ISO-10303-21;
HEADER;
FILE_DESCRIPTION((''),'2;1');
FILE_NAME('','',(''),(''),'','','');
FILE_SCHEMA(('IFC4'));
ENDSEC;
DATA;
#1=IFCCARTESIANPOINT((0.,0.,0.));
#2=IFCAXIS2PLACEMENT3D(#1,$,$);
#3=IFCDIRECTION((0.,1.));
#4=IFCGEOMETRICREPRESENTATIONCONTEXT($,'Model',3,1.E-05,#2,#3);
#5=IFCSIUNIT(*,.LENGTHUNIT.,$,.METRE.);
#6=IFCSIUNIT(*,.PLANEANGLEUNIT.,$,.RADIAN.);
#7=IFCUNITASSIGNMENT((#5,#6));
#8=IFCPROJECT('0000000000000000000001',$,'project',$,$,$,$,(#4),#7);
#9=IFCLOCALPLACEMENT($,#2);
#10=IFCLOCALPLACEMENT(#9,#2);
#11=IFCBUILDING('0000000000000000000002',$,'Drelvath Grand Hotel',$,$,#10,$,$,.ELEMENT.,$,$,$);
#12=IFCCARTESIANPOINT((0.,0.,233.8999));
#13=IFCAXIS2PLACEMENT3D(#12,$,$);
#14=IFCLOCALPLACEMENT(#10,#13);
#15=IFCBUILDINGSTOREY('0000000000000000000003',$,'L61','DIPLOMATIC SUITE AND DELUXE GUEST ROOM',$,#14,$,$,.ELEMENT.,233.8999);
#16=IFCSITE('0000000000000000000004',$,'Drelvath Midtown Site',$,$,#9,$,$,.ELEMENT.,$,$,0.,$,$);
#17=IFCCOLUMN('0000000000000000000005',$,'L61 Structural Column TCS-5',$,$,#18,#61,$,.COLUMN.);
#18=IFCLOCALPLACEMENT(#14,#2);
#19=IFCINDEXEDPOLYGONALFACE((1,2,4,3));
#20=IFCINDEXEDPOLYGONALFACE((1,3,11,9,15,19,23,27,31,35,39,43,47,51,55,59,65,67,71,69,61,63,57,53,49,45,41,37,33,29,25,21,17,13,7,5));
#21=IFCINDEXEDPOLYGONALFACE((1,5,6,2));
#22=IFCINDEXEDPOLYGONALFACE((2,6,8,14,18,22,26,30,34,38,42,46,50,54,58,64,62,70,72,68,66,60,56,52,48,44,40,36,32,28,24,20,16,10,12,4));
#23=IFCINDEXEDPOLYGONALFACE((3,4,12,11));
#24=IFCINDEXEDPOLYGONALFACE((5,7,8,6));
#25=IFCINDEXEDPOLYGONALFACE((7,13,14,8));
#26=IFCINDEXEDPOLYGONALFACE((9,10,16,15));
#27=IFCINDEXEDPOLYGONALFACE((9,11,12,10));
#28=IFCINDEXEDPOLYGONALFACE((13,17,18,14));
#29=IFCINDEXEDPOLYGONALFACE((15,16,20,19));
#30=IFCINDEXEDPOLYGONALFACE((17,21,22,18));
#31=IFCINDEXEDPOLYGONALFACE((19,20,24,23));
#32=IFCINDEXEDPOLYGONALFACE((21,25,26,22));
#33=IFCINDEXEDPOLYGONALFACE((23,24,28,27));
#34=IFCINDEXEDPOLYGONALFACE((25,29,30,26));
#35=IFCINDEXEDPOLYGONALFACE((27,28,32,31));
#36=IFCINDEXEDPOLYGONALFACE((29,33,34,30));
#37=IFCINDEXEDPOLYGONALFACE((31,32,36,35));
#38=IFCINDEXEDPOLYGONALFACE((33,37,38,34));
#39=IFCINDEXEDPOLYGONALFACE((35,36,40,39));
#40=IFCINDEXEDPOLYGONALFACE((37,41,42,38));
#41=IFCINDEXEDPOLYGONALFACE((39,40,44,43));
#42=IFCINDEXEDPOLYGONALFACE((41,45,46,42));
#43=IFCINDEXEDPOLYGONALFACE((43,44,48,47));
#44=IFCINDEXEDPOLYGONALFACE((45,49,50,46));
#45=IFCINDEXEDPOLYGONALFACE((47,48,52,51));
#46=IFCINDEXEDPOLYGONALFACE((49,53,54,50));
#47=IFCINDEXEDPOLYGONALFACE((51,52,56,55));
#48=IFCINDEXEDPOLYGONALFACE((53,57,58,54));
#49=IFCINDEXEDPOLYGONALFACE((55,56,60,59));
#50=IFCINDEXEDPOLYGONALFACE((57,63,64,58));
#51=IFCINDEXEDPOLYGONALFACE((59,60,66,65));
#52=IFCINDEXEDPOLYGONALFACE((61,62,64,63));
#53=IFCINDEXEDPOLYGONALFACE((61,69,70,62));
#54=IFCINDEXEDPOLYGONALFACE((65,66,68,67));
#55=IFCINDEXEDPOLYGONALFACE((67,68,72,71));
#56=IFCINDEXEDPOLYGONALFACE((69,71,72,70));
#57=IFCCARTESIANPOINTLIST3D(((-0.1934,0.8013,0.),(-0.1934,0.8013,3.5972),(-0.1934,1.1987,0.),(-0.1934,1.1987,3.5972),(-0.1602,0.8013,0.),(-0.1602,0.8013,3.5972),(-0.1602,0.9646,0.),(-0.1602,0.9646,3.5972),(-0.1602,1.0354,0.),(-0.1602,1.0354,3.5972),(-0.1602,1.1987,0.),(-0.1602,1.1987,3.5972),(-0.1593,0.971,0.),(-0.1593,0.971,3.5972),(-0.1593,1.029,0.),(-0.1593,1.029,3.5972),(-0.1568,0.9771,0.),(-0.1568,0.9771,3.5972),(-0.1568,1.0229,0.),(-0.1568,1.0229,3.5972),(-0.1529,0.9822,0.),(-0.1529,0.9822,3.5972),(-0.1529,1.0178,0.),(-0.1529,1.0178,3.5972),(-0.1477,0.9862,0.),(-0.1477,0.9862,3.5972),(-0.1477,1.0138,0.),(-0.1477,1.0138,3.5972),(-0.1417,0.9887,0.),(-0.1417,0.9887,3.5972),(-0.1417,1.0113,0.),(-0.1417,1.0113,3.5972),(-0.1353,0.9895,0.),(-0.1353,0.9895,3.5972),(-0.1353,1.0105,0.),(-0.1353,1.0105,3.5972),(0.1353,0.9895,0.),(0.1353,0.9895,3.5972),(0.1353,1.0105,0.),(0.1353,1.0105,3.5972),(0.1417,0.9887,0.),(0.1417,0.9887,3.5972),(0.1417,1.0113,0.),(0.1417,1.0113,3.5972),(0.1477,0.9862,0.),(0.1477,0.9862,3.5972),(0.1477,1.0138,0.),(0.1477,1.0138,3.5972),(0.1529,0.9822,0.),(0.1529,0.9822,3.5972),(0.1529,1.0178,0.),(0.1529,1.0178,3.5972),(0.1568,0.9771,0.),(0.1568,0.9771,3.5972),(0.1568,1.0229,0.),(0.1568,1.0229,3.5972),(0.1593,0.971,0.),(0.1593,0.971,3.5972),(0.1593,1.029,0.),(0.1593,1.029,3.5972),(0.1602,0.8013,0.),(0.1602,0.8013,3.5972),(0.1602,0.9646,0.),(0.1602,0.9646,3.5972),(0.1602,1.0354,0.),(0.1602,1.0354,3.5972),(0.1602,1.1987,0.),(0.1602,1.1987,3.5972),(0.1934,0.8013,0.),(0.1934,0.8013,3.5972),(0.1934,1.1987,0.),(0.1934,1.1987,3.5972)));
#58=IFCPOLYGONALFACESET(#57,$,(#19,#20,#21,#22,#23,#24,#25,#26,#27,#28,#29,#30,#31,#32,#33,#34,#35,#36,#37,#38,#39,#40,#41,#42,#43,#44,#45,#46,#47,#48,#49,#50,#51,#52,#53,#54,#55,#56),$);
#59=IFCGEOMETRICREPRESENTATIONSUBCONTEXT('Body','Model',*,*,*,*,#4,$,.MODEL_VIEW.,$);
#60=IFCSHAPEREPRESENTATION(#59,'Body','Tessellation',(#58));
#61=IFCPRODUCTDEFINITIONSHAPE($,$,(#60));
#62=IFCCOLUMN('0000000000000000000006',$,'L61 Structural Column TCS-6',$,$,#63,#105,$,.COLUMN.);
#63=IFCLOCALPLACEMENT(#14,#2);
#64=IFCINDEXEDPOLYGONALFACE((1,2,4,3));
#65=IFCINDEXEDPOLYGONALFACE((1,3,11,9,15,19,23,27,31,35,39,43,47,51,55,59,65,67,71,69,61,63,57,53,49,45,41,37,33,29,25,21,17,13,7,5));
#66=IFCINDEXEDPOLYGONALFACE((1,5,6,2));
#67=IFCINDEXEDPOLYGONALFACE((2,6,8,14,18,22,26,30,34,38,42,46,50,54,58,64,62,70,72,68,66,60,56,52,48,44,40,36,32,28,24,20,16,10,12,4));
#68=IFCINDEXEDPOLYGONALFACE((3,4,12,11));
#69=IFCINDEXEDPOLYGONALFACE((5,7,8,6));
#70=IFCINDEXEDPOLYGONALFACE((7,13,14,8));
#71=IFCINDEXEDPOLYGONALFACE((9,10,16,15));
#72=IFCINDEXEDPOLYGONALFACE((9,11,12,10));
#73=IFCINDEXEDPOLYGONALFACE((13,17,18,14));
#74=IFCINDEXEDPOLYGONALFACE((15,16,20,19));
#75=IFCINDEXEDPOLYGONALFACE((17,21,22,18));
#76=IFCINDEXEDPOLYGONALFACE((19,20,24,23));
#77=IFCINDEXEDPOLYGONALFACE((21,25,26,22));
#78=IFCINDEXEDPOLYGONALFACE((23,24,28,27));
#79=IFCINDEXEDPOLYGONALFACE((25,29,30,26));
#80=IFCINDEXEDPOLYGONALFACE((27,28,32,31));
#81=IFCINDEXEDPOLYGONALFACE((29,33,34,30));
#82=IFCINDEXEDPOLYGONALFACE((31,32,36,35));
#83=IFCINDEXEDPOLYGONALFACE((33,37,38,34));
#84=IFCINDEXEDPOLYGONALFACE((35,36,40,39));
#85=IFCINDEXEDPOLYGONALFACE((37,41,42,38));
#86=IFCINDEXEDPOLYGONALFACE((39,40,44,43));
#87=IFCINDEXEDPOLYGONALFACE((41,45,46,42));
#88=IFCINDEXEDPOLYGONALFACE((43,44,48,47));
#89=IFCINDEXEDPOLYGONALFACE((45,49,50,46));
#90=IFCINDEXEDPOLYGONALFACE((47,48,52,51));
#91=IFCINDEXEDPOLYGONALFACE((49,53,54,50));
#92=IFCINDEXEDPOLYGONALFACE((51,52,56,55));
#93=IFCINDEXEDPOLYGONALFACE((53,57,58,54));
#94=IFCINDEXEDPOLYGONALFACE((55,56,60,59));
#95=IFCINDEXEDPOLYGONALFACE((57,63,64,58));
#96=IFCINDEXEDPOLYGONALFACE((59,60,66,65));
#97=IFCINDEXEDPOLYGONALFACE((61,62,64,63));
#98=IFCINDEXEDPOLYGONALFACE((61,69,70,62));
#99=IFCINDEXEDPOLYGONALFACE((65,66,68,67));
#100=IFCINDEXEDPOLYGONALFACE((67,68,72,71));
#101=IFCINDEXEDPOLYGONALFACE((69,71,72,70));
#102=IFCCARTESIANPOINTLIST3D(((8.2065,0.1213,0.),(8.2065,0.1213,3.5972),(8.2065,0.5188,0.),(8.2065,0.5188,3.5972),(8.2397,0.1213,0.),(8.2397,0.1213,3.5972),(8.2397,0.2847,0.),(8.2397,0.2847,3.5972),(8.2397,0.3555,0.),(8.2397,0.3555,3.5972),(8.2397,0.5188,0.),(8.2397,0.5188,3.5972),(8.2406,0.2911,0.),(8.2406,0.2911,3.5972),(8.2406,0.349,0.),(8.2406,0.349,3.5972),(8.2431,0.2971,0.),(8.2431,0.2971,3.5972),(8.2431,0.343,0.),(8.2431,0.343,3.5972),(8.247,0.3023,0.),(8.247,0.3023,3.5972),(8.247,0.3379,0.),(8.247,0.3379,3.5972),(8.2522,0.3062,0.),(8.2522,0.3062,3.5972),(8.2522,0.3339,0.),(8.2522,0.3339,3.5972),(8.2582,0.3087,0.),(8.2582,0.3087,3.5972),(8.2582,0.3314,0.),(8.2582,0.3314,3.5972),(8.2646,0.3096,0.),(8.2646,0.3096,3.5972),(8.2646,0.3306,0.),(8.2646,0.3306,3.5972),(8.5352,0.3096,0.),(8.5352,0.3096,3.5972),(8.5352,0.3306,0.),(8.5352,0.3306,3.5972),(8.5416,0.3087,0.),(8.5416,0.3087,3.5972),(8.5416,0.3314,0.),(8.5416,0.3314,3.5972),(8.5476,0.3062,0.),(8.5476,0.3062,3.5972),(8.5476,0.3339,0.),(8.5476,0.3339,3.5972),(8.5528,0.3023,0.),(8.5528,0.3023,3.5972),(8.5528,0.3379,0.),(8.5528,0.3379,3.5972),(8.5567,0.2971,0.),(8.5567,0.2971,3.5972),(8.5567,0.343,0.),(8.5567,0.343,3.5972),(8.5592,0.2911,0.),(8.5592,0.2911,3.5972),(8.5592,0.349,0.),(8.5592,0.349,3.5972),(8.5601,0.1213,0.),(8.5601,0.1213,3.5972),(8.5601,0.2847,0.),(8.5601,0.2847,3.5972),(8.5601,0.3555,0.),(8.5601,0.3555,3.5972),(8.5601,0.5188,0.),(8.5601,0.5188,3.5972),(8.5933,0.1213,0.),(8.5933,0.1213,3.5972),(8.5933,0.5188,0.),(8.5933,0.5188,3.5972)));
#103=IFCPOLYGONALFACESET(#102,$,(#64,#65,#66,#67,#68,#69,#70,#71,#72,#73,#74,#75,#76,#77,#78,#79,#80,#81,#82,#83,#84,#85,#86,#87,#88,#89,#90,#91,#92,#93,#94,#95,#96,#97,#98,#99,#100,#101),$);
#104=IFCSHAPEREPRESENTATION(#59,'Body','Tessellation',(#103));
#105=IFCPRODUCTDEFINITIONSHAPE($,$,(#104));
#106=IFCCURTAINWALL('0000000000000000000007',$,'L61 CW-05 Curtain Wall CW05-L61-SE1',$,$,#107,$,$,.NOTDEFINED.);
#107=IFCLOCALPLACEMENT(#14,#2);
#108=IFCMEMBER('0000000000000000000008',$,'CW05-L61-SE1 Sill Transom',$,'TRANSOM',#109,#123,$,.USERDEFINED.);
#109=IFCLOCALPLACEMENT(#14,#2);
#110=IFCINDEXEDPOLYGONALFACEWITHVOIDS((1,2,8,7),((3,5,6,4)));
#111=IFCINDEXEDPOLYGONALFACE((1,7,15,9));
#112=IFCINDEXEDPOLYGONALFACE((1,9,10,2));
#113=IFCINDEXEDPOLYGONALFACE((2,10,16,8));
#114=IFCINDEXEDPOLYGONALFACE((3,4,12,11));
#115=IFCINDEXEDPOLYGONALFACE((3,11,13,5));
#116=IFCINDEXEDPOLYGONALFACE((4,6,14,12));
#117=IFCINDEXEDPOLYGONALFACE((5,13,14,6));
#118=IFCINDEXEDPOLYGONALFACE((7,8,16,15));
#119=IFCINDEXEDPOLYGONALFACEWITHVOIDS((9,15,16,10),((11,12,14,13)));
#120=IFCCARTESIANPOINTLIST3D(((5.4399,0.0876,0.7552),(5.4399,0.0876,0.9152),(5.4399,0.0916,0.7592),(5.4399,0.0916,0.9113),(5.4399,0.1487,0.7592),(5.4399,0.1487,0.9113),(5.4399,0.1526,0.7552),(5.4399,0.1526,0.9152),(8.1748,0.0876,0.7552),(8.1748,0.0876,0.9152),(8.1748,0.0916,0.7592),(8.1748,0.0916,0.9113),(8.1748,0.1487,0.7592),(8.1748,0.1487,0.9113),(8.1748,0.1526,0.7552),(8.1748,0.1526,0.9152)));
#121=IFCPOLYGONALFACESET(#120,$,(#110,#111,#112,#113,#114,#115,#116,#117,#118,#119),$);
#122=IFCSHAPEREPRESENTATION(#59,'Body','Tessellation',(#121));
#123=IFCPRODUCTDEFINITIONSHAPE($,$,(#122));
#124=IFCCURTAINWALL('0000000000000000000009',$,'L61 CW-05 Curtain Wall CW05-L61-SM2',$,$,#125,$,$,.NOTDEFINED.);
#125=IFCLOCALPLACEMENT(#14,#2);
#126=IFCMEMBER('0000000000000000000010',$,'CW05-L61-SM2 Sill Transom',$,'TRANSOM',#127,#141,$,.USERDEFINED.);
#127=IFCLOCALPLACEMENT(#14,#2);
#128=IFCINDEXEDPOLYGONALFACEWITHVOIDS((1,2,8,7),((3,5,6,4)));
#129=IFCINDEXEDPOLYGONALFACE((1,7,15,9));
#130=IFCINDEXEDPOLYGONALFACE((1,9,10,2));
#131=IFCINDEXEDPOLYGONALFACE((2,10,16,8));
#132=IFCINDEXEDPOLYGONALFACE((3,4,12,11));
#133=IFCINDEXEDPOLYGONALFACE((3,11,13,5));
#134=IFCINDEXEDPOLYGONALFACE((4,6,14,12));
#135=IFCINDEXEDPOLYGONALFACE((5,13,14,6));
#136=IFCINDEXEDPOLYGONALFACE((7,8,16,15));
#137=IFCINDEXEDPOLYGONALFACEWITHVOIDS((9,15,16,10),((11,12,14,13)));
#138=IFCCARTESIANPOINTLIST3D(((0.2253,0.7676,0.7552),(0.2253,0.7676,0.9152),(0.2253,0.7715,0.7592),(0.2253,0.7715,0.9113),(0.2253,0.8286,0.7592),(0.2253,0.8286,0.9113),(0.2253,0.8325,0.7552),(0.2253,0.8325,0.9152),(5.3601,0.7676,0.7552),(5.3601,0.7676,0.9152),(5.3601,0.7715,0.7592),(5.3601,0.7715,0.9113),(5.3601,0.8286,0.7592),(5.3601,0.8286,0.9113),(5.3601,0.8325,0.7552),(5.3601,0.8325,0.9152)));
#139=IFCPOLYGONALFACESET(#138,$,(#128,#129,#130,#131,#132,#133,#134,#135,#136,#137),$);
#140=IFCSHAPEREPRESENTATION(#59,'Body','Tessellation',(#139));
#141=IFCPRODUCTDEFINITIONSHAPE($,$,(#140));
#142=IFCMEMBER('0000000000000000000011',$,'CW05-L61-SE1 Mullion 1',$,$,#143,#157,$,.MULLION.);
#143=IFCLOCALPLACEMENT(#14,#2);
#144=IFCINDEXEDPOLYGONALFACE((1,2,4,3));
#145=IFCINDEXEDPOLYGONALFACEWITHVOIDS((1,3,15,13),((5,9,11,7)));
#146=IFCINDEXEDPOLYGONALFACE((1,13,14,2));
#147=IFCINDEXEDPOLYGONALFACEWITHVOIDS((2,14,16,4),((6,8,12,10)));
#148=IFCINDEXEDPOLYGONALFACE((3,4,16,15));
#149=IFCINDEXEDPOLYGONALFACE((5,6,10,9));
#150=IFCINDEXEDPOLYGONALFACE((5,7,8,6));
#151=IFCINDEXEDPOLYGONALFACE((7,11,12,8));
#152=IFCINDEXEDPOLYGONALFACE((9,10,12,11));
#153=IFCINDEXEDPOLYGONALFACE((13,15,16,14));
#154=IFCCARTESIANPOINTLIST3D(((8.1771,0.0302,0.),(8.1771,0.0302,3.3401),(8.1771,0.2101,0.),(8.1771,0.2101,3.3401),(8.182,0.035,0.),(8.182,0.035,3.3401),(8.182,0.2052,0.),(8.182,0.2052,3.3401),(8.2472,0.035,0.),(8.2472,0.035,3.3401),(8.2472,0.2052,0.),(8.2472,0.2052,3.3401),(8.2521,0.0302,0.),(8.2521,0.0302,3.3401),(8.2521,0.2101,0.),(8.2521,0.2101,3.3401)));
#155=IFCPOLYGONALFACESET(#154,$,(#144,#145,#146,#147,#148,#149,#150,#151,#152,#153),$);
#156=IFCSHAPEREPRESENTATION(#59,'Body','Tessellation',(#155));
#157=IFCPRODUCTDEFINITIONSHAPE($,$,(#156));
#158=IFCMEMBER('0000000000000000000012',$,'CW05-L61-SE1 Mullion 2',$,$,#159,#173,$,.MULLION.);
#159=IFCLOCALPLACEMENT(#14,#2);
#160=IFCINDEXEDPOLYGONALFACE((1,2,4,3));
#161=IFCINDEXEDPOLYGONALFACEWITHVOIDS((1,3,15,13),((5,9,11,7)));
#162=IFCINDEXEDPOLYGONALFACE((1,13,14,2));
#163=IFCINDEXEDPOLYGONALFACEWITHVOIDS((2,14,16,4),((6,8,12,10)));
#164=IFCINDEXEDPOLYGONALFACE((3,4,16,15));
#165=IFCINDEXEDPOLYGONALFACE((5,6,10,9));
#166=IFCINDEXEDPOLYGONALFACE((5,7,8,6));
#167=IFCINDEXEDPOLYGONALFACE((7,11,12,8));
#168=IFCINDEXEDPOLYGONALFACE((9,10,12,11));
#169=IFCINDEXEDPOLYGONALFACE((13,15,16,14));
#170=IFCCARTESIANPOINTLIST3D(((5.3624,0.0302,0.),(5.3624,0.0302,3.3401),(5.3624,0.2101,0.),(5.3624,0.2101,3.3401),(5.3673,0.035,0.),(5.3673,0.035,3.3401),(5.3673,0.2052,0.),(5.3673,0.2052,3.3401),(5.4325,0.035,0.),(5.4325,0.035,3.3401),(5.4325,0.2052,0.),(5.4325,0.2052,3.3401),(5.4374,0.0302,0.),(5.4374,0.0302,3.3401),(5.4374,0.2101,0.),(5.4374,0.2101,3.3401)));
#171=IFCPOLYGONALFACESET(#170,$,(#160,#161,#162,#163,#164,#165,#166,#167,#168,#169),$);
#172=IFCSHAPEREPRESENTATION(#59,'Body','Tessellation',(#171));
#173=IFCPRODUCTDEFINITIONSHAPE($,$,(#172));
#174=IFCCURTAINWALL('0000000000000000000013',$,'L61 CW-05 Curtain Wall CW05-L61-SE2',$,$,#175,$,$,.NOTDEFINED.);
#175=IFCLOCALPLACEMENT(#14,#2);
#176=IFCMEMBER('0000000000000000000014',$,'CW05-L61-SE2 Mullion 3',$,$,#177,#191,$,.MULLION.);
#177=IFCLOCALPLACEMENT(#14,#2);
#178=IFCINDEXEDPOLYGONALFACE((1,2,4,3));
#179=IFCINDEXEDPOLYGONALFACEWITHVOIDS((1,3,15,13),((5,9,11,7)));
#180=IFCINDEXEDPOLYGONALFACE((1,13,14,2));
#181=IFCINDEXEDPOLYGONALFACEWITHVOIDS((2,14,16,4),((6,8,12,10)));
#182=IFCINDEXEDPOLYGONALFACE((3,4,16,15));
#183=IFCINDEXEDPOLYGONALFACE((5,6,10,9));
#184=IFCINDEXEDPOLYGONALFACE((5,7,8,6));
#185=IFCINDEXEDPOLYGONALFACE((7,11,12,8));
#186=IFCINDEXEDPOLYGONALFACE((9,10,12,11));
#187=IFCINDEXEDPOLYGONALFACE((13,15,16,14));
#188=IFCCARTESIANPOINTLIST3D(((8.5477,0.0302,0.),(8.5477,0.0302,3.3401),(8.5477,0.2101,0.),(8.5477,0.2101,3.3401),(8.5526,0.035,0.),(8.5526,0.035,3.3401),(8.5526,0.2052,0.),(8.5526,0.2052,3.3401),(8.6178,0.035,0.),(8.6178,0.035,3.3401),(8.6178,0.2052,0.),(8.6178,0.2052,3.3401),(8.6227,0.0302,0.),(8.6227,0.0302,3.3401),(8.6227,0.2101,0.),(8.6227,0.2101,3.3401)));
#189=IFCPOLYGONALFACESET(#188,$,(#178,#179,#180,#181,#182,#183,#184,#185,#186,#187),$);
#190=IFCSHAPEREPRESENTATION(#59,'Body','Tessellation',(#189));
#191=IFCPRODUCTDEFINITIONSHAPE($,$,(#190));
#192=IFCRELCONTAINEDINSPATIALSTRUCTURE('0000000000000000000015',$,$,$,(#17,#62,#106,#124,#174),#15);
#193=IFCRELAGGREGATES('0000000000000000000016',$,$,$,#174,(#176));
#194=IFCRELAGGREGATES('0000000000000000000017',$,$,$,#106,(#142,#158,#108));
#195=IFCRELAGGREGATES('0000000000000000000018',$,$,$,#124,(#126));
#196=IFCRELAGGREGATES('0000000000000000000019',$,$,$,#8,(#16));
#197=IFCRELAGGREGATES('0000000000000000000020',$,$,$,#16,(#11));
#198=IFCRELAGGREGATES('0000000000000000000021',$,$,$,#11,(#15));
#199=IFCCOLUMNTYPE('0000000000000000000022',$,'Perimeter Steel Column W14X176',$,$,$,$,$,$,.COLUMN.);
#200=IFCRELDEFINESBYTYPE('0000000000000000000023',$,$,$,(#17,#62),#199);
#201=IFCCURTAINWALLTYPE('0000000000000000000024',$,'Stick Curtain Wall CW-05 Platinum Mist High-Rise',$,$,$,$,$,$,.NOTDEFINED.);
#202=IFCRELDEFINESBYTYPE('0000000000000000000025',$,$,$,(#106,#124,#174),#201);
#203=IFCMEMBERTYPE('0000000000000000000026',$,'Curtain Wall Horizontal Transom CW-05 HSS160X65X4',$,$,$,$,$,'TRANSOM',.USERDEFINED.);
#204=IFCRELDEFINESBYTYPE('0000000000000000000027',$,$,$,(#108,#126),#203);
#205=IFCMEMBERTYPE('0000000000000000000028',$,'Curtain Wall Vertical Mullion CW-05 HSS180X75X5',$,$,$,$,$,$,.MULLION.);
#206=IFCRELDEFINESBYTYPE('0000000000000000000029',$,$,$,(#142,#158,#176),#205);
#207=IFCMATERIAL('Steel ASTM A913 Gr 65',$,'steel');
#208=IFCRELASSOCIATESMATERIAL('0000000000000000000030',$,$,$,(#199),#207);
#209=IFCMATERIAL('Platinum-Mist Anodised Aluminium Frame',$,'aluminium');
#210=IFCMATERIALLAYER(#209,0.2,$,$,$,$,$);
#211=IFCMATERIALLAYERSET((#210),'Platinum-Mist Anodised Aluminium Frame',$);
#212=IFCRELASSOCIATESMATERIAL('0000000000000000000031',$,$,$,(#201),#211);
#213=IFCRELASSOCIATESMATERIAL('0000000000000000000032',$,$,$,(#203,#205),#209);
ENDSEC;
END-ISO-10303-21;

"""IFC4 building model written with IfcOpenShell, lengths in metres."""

from ifc_helpers import new_model, si_unit, direction, frame, origin, origin_2d, place, context, subcontext, project, spatial, hollow_rectangle, i_section, extrude, material, layer, layer_set, material_profile, profile_set, type_object, element, aggregate, save


model = new_model("IFC4")

# Units and contexts
model_context = context("Model", 3, precision=1e-05, world=origin(), true_north=direction((0.0, 1.0)))
body_context = subcontext(model_context, "Body", "Model", "MODEL_VIEW")
ifc_project = project(units=[si_unit("LENGTHUNIT", "METRE"), si_unit("PLANEANGLEUNIT", "RADIAN")], contexts=[model_context])

# Site, building, storey
site_placement = place(None, origin())
site = spatial("IfcSite", under=ifc_project, at=site_placement, Name="Drelvath Midtown Site", CompositionType="ELEMENT", RefElevation=0.0)
building_placement = place(site_placement, origin())
building = spatial("IfcBuilding", under=site, at=building_placement, Name="Drelvath Grand Hotel", CompositionType="ELEMENT")
storey_placement = place(building_placement, frame((0.0, 0.0, 233.8999)))
storey = spatial("IfcBuildingStorey", under=building, at=storey_placement, Name="L61", Description="DIPLOMATIC SUITE AND DELUXE GUEST ROOM", CompositionType="ELEMENT", Elevation=233.8999)

# Columns
ifc_material_1 = material(Name="Steel ASTM A913 Gr 65", Category="steel")
ifc_material_profile_1 = material_profile(ifc_material_1, i_section(OverallWidth=0.3975, OverallDepth=0.3867, WebThickness=0.021, FlangeThickness=0.0332, FilletRadius=0.0249, at=origin_2d()), Name="W14X176")
ifc_profile_set_1 = profile_set([ifc_material_profile_1], Name="Steel ASTM A913 Gr 65")
column_type = type_object("IfcColumnType", Name="Perimeter Steel Column W14X176", PredefinedType="COLUMN", material=ifc_profile_set_1)
for number, where, z_axis, x_axis, name in (
    (1, (0.0, 1.0, 0.0), (0.0, 0.0, 1.0), (0.0, 1.0, 0.0), "L61 Structural Column TCS-5"),
    (2, (8.3999, 0.3201, 0.0), (0.0, 0.0, 1.0), (0.0, 1.0, 0.0), "L61 Structural Column TCS-6"),
):
    element("IfcColumn", number, at=place(storey_placement, frame(where, z_axis=z_axis, x_axis=x_axis)), inside=storey, type_object=column_type, Name=name, PredefinedType="COLUMN", context=body_context, shape_type="SweptSolid", body=[
        extrude(i_section(OverallWidth=0.3975, OverallDepth=0.3867, WebThickness=0.021, FlangeThickness=0.0332, FilletRadius=0.0249, at=origin_2d()), origin(), (0.0, 0.0, 1.0), 3.5972),
    ])

# Curtain walls, members
ifc_material_2 = material(Name="Platinum-Mist Anodised Aluminium Frame", Category="aluminium")
ifc_layer_1 = layer(ifc_material_2, 0.2)
ifc_layer_set_1 = layer_set([ifc_layer_1], Name="Platinum-Mist Anodised Aluminium Frame")
curtain_wall_type = type_object("IfcCurtainWallType", Name="Stick Curtain Wall CW-05 Platinum Mist High-Rise", PredefinedType="NOTDEFINED", material=ifc_layer_set_1)
curtain_wall_1_placement = place(storey_placement, origin())
curtain_wall_1 = element("IfcCurtainWall", 3, at=curtain_wall_1_placement, inside=storey, type_object=curtain_wall_type, Name="L61 CW-05 Curtain Wall CW05-L61-SE1", PredefinedType="NOTDEFINED")
ifc_material_profile_2 = material_profile(ifc_material_2, hollow_rectangle(XDim=0.0649, YDim=0.1599, WallThickness=0.0039, at=origin_2d()), Name="HSS160X65X4")
ifc_profile_set_2 = profile_set([ifc_material_profile_2], Name="Platinum-Mist Anodised Aluminium Frame")
member_type_1 = type_object("IfcMemberType", Name="Curtain Wall Horizontal Transom CW-05 HSS160X65X4", ElementType="TRANSOM", PredefinedType="USERDEFINED", material=ifc_profile_set_2)
member_1_placement = place(storey_placement, frame((8.1748, 0.1201, 0.8352), z_axis=(-1.0, 0.0, 0.0), x_axis=(0.0, -1.0, 0.0)))
member_1 = element("IfcMember", 4, at=member_1_placement, type_object=member_type_1, Name="CW05-L61-SE1 Sill Transom", ObjectType="TRANSOM", PredefinedType="USERDEFINED", context=body_context, shape_type="SweptSolid", body=[
    extrude(hollow_rectangle(XDim=0.0649, YDim=0.1599, WallThickness=0.0039, at=origin_2d()), origin(), (0.0, 0.0, 1.0), 2.7349),
])
curtain_wall_2_placement = place(storey_placement, origin())
curtain_wall_2 = element("IfcCurtainWall", 5, at=curtain_wall_2_placement, inside=storey, type_object=curtain_wall_type, Name="L61 CW-05 Curtain Wall CW05-L61-SM2", PredefinedType="NOTDEFINED")
member_2_placement = place(storey_placement, frame((5.3601, 0.8, 0.8352), z_axis=(-1.0, 0.0, 0.0), x_axis=(0.0, -1.0, 0.0)))
member_2 = element("IfcMember", 6, at=member_2_placement, type_object=member_type_1, Name="CW05-L61-SM2 Sill Transom", ObjectType="TRANSOM", PredefinedType="USERDEFINED", context=body_context, shape_type="SweptSolid", body=[
    extrude(hollow_rectangle(XDim=0.0649, YDim=0.1599, WallThickness=0.0039, at=origin_2d()), origin(), (0.0, 0.0, 1.0), 5.1348),
])

# Members
ifc_material_profile_3 = material_profile(ifc_material_2, hollow_rectangle(XDim=0.075, YDim=0.1799, WallThickness=0.0049, at=origin_2d()), Name="HSS180X75X5")
ifc_profile_set_3 = profile_set([ifc_material_profile_3], Name="Platinum-Mist Anodised Aluminium Frame")
member_type_2 = type_object("IfcMemberType", Name="Curtain Wall Vertical Mullion CW-05 HSS180X75X5", PredefinedType="MULLION", material=ifc_profile_set_3)
member_3_placement = place(storey_placement, frame((8.2146, 0.1201, 0.0), z_axis=(0.0, 0.0, 1.0), x_axis=(1.0, 0.0, 0.0)))
member_3 = element("IfcMember", 7, at=member_3_placement, type_object=member_type_2, Name="CW05-L61-SE1 Mullion 1", PredefinedType="MULLION", context=body_context, shape_type="SweptSolid", body=[
    extrude(hollow_rectangle(XDim=0.075, YDim=0.1799, WallThickness=0.0049, at=origin_2d()), origin(), (0.0, 0.0, 1.0), 3.3401),
])
member_4_placement = place(storey_placement, frame((5.3999, 0.1201, 0.0), z_axis=(0.0, 0.0, 1.0), x_axis=(1.0, 0.0, 0.0)))
member_4 = element("IfcMember", 8, at=member_4_placement, type_object=member_type_2, Name="CW05-L61-SE1 Mullion 2", PredefinedType="MULLION", context=body_context, shape_type="SweptSolid", body=[
    extrude(hollow_rectangle(XDim=0.075, YDim=0.1799, WallThickness=0.0049, at=origin_2d()), origin(), (0.0, 0.0, 1.0), 3.3401),
])

# Curtain wall, member
curtain_wall_3_placement = place(storey_placement, origin())
curtain_wall_3 = element("IfcCurtainWall", 9, at=curtain_wall_3_placement, inside=storey, type_object=curtain_wall_type, Name="L61 CW-05 Curtain Wall CW05-L61-SE2", PredefinedType="NOTDEFINED")
member_5_placement = place(storey_placement, frame((8.5852, 0.1201, 0.0), z_axis=(0.0, 0.0, 1.0), x_axis=(1.0, 0.0, 0.0)))
member_5 = element("IfcMember", 10, at=member_5_placement, type_object=member_type_2, Name="CW05-L61-SE2 Mullion 3", PredefinedType="MULLION", context=body_context, shape_type="SweptSolid", body=[
    extrude(hollow_rectangle(XDim=0.075, YDim=0.1799, WallThickness=0.0049, at=origin_2d()), origin(), (0.0, 0.0, 1.0), 3.3401),
])
aggregate(curtain_wall_3, [member_5])

aggregate(curtain_wall_1, [member_3, member_4, member_1])
aggregate(curtain_wall_2, [member_2])

save(model, "model.ifc")
